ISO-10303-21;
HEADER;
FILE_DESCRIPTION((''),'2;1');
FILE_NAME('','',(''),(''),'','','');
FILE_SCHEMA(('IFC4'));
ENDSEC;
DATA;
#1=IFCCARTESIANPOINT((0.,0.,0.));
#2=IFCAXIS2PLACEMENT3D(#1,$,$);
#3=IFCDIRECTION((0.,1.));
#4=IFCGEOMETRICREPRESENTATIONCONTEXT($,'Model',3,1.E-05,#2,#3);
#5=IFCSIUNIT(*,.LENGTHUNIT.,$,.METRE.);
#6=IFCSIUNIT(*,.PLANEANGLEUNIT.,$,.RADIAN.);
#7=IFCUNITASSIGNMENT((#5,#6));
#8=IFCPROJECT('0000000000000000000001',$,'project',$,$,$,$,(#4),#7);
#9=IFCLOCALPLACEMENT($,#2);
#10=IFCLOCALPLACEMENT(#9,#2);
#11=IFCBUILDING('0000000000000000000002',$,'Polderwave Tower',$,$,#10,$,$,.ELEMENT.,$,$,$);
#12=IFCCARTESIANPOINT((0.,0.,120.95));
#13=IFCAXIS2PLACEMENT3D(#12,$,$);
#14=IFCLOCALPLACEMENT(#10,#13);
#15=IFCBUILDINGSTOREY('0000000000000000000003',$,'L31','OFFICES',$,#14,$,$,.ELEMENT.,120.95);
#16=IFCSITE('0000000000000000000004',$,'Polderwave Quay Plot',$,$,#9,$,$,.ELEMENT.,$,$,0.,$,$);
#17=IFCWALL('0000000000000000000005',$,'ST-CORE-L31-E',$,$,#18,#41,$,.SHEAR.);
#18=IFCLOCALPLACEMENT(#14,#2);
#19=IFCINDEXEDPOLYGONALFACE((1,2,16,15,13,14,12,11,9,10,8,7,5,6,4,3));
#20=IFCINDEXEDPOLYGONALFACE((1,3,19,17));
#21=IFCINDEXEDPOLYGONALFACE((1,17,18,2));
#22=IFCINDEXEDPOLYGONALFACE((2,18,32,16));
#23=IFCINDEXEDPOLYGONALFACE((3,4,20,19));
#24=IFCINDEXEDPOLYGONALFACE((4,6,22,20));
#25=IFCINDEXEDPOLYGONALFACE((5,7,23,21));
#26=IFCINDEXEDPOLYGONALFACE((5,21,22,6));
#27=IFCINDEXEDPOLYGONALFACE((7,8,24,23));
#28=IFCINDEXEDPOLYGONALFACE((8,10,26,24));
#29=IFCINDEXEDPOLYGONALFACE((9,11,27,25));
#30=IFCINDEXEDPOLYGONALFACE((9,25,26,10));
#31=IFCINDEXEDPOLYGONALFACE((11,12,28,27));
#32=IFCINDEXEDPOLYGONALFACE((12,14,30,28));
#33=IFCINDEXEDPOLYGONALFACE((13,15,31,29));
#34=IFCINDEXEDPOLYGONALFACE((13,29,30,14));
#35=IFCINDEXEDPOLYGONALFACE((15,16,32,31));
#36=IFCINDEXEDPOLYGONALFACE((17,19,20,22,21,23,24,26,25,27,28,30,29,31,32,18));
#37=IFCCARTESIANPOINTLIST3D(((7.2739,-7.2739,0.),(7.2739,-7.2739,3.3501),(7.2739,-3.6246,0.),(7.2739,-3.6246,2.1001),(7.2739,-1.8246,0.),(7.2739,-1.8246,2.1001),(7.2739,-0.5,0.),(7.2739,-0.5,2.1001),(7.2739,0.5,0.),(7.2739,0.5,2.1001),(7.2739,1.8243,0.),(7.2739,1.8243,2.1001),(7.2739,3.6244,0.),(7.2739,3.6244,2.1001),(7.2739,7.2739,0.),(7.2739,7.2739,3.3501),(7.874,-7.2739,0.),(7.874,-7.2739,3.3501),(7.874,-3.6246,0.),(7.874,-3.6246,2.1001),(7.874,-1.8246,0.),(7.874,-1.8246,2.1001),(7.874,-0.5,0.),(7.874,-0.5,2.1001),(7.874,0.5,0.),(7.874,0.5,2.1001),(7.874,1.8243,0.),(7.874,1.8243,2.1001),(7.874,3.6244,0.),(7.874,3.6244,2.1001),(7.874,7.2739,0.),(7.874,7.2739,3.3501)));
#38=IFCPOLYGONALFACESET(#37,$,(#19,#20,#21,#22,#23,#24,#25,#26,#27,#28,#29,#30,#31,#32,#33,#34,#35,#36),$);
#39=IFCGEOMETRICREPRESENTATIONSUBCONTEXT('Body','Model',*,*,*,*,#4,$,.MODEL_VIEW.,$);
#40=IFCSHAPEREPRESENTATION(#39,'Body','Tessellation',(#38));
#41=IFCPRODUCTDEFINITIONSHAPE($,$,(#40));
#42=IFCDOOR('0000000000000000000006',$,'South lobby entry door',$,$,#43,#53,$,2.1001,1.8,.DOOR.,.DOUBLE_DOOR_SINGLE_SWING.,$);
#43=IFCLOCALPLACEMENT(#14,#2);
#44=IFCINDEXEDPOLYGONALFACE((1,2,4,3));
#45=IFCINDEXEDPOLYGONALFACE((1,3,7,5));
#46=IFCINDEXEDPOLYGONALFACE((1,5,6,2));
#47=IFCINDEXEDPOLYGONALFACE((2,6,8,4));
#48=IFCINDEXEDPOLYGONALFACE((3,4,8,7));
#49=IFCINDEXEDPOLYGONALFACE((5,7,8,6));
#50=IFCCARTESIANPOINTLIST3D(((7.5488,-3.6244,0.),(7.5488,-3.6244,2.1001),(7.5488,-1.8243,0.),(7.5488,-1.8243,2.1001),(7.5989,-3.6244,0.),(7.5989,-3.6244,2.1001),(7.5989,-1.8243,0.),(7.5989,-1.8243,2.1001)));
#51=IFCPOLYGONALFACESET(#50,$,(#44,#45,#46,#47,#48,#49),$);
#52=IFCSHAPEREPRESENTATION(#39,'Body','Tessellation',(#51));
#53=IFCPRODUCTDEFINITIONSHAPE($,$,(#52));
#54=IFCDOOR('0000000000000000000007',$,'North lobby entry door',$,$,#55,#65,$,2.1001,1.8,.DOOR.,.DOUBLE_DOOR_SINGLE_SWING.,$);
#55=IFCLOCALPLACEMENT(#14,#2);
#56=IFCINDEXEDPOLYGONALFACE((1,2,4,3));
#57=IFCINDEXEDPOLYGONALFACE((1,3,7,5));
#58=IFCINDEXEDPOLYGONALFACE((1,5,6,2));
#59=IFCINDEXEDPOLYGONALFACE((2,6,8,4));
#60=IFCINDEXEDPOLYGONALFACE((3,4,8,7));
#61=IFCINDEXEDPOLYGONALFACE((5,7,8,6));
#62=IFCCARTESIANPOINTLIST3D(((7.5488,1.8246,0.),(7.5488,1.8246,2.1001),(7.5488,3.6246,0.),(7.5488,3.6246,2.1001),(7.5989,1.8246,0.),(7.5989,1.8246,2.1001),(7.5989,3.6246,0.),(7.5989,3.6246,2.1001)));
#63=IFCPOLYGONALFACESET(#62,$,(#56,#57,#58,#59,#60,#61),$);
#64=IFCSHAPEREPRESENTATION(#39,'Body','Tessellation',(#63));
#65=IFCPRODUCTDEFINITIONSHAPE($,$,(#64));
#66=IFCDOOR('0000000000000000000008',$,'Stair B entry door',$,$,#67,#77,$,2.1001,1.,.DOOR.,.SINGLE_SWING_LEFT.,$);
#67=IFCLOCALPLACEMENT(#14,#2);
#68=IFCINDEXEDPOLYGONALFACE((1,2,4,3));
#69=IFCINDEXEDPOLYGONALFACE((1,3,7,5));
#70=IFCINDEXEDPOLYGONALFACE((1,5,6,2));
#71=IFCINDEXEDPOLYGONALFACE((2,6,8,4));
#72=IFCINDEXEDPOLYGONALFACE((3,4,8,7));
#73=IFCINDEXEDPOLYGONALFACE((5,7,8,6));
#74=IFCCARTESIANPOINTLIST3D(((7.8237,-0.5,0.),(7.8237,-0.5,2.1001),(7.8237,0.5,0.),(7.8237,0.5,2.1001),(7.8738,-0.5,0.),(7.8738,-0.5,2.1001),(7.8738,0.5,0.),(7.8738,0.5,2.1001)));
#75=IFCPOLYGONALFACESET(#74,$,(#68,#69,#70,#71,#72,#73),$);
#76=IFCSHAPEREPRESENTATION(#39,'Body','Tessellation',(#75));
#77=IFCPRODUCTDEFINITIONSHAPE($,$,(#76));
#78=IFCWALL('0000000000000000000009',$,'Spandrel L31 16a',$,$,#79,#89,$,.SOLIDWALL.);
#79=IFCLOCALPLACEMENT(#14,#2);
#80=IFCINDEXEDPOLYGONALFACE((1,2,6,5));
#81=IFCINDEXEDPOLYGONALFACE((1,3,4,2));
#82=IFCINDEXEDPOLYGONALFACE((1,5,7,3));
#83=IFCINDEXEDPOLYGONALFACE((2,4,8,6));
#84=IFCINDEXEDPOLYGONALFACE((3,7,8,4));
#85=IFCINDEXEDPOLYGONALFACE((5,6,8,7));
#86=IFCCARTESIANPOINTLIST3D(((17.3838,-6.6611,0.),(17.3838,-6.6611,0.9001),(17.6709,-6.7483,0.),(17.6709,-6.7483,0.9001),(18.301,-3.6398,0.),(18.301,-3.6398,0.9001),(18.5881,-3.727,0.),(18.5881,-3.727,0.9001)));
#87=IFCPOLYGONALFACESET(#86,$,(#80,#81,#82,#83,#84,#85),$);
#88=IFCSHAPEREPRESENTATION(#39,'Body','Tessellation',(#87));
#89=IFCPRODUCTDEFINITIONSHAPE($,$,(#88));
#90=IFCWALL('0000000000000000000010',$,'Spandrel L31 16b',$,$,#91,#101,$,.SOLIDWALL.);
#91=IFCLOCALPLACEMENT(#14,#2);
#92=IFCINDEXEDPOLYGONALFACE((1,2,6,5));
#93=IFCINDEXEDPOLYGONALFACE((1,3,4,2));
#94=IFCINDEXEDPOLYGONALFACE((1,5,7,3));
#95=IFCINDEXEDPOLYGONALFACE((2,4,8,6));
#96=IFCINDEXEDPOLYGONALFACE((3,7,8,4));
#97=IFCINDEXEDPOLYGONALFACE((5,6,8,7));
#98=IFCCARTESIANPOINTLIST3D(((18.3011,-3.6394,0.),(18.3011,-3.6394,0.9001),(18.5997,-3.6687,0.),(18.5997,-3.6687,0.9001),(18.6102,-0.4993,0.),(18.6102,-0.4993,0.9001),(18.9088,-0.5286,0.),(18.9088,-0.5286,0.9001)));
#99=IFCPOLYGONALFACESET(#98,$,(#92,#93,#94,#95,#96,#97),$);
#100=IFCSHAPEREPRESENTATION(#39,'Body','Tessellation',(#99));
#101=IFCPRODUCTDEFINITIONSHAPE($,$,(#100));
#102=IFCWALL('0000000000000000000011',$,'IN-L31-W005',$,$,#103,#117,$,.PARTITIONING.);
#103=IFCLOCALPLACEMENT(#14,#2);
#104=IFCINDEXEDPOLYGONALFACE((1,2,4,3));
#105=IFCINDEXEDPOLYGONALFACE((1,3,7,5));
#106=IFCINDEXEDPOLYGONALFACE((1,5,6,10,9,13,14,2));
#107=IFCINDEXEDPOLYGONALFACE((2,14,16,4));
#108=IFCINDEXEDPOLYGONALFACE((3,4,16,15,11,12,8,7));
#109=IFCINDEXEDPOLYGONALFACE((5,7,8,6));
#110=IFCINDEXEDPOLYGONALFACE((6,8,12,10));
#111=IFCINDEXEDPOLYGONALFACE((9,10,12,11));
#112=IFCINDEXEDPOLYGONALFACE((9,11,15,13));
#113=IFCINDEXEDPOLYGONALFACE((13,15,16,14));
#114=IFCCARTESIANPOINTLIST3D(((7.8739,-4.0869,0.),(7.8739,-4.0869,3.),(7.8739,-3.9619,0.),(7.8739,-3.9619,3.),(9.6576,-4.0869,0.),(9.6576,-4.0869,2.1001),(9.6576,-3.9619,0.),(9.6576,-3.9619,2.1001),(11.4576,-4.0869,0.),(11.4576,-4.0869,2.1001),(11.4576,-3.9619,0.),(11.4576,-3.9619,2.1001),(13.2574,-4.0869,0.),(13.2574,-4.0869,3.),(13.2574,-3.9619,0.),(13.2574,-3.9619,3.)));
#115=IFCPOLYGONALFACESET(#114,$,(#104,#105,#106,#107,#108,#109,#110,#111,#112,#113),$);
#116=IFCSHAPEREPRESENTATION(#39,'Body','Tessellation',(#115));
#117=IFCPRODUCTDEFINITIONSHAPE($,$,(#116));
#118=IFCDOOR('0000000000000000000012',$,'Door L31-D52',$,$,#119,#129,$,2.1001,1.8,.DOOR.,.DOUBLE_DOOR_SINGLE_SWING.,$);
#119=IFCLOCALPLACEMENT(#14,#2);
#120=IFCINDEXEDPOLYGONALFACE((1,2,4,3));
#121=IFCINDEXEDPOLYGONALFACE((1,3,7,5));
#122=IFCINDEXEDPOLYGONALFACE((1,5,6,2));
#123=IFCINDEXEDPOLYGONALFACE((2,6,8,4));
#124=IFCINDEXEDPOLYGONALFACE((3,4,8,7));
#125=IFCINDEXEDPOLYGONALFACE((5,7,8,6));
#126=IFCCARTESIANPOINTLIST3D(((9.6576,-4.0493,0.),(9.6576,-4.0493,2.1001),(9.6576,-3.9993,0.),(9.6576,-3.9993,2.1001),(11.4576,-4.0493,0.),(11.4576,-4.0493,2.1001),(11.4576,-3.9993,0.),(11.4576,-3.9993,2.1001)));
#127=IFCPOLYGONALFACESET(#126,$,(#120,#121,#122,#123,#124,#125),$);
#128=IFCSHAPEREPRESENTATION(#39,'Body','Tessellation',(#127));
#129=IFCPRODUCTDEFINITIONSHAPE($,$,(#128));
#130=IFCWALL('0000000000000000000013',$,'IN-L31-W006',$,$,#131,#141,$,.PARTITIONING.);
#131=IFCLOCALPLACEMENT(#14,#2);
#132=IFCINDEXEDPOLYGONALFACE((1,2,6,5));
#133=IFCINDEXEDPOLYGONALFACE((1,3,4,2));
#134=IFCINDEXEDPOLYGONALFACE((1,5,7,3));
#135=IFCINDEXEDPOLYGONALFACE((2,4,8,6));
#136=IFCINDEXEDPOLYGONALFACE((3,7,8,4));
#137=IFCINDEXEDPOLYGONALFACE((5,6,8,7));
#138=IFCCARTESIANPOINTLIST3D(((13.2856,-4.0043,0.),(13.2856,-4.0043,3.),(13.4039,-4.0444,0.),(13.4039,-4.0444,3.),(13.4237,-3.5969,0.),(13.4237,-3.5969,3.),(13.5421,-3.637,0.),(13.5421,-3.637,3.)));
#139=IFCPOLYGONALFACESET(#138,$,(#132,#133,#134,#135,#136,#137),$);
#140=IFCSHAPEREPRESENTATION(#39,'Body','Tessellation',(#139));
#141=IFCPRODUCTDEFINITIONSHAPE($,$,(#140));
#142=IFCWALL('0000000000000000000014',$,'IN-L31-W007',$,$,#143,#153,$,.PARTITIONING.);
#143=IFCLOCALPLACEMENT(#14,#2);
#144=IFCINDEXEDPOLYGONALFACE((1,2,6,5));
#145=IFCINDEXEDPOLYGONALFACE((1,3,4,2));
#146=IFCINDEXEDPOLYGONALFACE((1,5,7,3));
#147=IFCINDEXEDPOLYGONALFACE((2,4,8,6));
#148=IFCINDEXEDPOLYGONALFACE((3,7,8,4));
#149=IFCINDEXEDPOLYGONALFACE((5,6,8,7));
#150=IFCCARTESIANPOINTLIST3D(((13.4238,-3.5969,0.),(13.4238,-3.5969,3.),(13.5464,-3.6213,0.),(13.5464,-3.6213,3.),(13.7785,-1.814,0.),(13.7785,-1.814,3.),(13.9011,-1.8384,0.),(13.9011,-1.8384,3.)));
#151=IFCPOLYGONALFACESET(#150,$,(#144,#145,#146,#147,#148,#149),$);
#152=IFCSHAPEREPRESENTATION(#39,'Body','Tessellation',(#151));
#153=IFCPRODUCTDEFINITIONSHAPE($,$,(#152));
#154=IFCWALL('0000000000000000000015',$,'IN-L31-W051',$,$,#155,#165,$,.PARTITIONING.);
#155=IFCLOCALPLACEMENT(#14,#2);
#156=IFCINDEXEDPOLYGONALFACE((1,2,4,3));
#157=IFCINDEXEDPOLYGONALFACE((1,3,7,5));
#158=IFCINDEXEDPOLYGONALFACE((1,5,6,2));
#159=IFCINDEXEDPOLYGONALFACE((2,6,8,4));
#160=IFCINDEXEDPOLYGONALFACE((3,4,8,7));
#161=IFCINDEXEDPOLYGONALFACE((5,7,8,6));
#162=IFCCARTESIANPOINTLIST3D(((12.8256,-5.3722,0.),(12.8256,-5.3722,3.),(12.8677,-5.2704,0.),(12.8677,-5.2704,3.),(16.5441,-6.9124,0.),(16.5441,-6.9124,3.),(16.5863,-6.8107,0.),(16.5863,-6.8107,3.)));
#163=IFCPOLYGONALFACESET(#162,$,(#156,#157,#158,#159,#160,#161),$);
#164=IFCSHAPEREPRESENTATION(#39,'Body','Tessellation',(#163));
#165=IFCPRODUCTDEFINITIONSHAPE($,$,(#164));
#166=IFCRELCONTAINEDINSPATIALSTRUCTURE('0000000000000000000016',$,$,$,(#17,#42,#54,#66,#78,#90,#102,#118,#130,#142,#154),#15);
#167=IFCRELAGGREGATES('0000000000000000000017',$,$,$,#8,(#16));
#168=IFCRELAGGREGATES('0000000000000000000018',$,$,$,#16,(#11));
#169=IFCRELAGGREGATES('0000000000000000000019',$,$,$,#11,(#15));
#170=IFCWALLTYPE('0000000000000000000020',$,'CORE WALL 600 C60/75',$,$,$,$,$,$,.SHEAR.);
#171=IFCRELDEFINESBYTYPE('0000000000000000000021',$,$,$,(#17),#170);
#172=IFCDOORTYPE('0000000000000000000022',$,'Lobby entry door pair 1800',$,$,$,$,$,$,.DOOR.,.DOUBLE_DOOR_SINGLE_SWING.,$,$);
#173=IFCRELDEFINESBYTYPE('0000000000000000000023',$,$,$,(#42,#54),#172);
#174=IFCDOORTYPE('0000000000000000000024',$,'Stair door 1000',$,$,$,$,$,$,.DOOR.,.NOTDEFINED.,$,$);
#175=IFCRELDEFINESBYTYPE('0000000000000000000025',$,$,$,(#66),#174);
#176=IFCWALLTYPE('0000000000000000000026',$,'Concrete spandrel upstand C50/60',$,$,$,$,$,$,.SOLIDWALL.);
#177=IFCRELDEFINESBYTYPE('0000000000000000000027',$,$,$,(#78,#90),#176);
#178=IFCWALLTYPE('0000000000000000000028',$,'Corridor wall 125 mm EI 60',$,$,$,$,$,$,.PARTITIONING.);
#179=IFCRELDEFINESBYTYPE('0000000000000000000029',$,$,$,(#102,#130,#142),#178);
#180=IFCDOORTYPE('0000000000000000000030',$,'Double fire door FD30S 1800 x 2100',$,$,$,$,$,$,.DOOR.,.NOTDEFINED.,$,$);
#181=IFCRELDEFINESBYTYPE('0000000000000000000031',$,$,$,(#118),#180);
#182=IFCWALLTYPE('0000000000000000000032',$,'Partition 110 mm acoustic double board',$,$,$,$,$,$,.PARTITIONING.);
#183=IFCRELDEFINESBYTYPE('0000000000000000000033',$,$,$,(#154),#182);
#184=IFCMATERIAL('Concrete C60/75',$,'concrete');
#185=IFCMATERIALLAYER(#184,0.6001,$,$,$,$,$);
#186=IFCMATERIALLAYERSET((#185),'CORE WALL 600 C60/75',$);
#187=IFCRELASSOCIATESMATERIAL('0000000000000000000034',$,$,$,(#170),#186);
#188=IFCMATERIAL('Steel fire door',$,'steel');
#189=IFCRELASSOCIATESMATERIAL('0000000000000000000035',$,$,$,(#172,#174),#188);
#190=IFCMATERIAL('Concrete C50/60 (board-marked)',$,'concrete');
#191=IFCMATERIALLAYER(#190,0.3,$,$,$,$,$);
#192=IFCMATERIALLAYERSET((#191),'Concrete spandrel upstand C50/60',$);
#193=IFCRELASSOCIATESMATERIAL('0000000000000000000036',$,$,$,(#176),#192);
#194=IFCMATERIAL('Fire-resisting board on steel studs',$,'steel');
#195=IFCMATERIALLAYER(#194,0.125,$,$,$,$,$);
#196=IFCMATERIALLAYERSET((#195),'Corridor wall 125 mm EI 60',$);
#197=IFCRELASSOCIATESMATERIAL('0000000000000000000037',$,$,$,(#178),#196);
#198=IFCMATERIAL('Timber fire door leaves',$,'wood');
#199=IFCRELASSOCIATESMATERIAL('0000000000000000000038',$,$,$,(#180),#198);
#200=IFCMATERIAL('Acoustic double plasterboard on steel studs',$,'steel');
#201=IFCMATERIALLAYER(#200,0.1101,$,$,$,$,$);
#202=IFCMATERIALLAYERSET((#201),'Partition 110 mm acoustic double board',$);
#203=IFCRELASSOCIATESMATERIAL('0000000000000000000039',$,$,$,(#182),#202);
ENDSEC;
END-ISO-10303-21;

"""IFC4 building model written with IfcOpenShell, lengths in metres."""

from ifc_helpers import new_model, si_unit, direction, frame, frame_2d, origin, place, context, subcontext, project, spatial, rectangle, extrude, material, layer, layer_set, type_object, element, fill, save


model = new_model("IFC4")

# Units and contexts
model_context = context("Model", 3, precision=1e-05, world=origin(), true_north=direction((0.0, 1.0)))
body_context = subcontext(model_context, "Body", "Model", "MODEL_VIEW")
ifc_project = project(units=[si_unit("LENGTHUNIT", "METRE"), si_unit("PLANEANGLEUNIT", "RADIAN")], contexts=[model_context])

# Site, building, storey
site_placement = place(None, origin())
site = spatial("IfcSite", under=ifc_project, at=site_placement, Name="Polderwave Quay Plot", CompositionType="ELEMENT", RefElevation=0.0)
building_placement = place(site_placement, origin())
building = spatial("IfcBuilding", under=site, at=building_placement, Name="Polderwave Tower", CompositionType="ELEMENT")
storey_placement = place(building_placement, frame((0.0, 0.0, 120.95)))
storey = spatial("IfcBuildingStorey", under=building, at=storey_placement, Name="L31", Description="OFFICES", CompositionType="ELEMENT", Elevation=120.95)

# Shared definitions
ifc_material_1 = material(Name="Concrete C60/75", Category="concrete")

# Wall, openings, doors
ifc_layer_1 = layer(ifc_material_1, 0.6001)
ifc_layer_set_1 = layer_set([ifc_layer_1], Name="CORE WALL 600 C60/75")
wall_type_1 = type_object("IfcWallType", Name="CORE WALL 600 C60/75", PredefinedType="SHEAR", material=ifc_layer_set_1)
wall_1_placement = place(storey_placement, frame((7.574, -7.2739, 0.0), z_axis=(0.0, 0.0, 1.0), x_axis=(0.0, 1.0, 0.0)))
wall_1 = element("IfcWall", 1, at=wall_1_placement, inside=storey, type_object=wall_type_1, Name="ST-CORE-L31-E", PredefinedType="SHEAR", context=body_context, shape_type="SweptSolid", body=[
    extrude(rectangle(XDim=14.5479, YDim=0.6001, at=frame_2d((7.2739, 0.0))), origin(), (0.0, 0.0, 1.0), 3.3501),
])
opening_1_placement = place(wall_1_placement, frame((6.7739, 0.0, 0.0)))
opening_1 = element("IfcOpeningElement", 2, at=opening_1_placement, cuts=wall_1, PredefinedType="OPENING", context=body_context, shape_type="SweptSolid", body=[
    extrude(rectangle(XDim=1.0, YDim=2.1001, at=frame_2d((0.5, 1.05))), frame((0.0, 0.3101, 0.0), z_axis=(0.0, -1.0, 0.0), x_axis=(1.0, 0.0, 0.0)), (0.0, 0.0, 1.0), 0.6201),
])
opening_2_placement = place(wall_1_placement, frame((3.6494, 0.0, 0.0)))
opening_2 = element("IfcOpeningElement", 3, at=opening_2_placement, cuts=wall_1, PredefinedType="OPENING", context=body_context, shape_type="SweptSolid", body=[
    extrude(rectangle(XDim=1.8, YDim=2.1001, at=frame_2d((0.8999, 1.05))), frame((0.0, 0.3101, 0.0), z_axis=(0.0, -1.0, 0.0), x_axis=(1.0, 0.0, 0.0)), (0.0, 0.0, 1.0), 0.6201),
])
opening_3_placement = place(wall_1_placement, frame((9.0984, 0.0, 0.0)))
opening_3 = element("IfcOpeningElement", 4, at=opening_3_placement, cuts=wall_1, PredefinedType="OPENING", context=body_context, shape_type="SweptSolid", body=[
    extrude(rectangle(XDim=1.8, YDim=2.1001, at=frame_2d((0.8999, 1.05))), frame((0.0, 0.3101, 0.0), z_axis=(0.0, -1.0, 0.0), x_axis=(1.0, 0.0, 0.0)), (0.0, 0.0, 1.0), 0.6201),
])
ifc_material_2 = material(Name="Steel fire door", Category="steel")
door_type_1 = type_object("IfcDoorType", Name="Lobby entry door pair 1800", OperationType="DOUBLE_DOOR_SINGLE_SWING", PredefinedType="DOOR", material=ifc_material_2)
door_1_placement = place(opening_2_placement, frame((1.8, 0.0, 0.0), z_axis=(0.0, 0.0, 1.0), x_axis=(-1.0, 0.0, 0.0)))
door_1 = element("IfcDoor", 5, at=door_1_placement, inside=storey, type_object=door_type_1, Name="South lobby entry door", OperationType="DOUBLE_DOOR_SINGLE_SWING", OverallHeight=2.1001, OverallWidth=1.8, PredefinedType="DOOR", context=body_context, shape_type="SweptSolid", body=[
    extrude(rectangle(XDim=1.8, YDim=2.1001, at=frame_2d((0.8999, 1.05))), frame((0.0, 0.0249, 0.0), z_axis=(0.0, -1.0, 0.0), x_axis=(1.0, 0.0, 0.0)), (0.0, 0.0, 1.0), 0.05),
])
fill(opening_2, door_1)
door_2_placement = place(opening_3_placement, frame((1.8, 0.0, 0.0), z_axis=(0.0, 0.0, 1.0), x_axis=(-1.0, 0.0, 0.0)))
door_2 = element("IfcDoor", 6, at=door_2_placement, inside=storey, type_object=door_type_1, Name="North lobby entry door", OperationType="DOUBLE_DOOR_SINGLE_SWING", OverallHeight=2.1001, OverallWidth=1.8, PredefinedType="DOOR", context=body_context, shape_type="SweptSolid", body=[
    extrude(rectangle(XDim=1.8, YDim=2.1001, at=frame_2d((0.8999, 1.05))), frame((0.0, 0.0249, 0.0), z_axis=(0.0, -1.0, 0.0), x_axis=(1.0, 0.0, 0.0)), (0.0, 0.0, 1.0), 0.05),
])
fill(opening_3, door_2)
door_type_2 = type_object("IfcDoorType", Name="Stair door 1000", OperationType="NOTDEFINED", PredefinedType="DOOR", material=ifc_material_2)
door_3_placement = place(opening_1_placement, frame((1.0, 0.0, 0.0), z_axis=(0.0, 0.0, 1.0), x_axis=(-1.0, 0.0, 0.0)))
door_3 = element("IfcDoor", 7, at=door_3_placement, inside=storey, type_object=door_type_2, Name="Stair B entry door", OperationType="SINGLE_SWING_LEFT", OverallHeight=2.1001, OverallWidth=1.0, PredefinedType="DOOR", context=body_context, shape_type="SweptSolid", body=[
    extrude(rectangle(XDim=1.0, YDim=2.1001, at=frame_2d((0.5, 1.05))), frame((0.0, 0.2998, 0.0), z_axis=(0.0, -1.0, 0.0), x_axis=(1.0, 0.0, 0.0)), (0.0, 0.0, 1.0), 0.05),
])
fill(opening_1, door_3)

# Walls
ifc_material_3 = material(Name="Concrete C50/60 (board-marked)", Category="concrete")
ifc_layer_2 = layer(ifc_material_3, 0.3)
ifc_layer_set_2 = layer_set([ifc_layer_2], Name="Concrete spandrel upstand C50/60")
wall_type_2 = type_object("IfcWallType", Name="Concrete spandrel upstand C50/60", PredefinedType="SOLIDWALL", material=ifc_layer_set_2)
wall_2_placement = place(storey_placement, frame((17.5273, -6.7046, 0.0), z_axis=(0.0, 0.0, 1.0), x_axis=(0.290503, 0.956874, 0.0)))
element("IfcWall", 8, at=wall_2_placement, inside=storey, type_object=wall_type_2, Name="Spandrel L31 16a", PredefinedType="SOLIDWALL", context=body_context, shape_type="SweptSolid", body=[
    extrude(rectangle(XDim=3.1575, YDim=0.3, at=frame_2d((1.5786, 0.0))), origin(), (0.0, 0.0, 1.0), 0.9001),
])
wall_3_placement = place(storey_placement, frame((18.4504, -3.6541, 0.0), z_axis=(0.0, 0.0, 1.0), x_axis=(0.097956, 0.995191, 0.0)))
element("IfcWall", 9, at=wall_3_placement, inside=storey, type_object=wall_type_2, Name="Spandrel L31 16b", PredefinedType="SOLIDWALL", context=body_context, shape_type="SweptSolid", body=[
    extrude(rectangle(XDim=3.1553, YDim=0.3, at=frame_2d((1.5776, 0.0))), origin(), (0.0, 0.0, 1.0), 0.9001),
])

# Wall, opening, door
ifc_material_4 = material(Name="Fire-resisting board on steel studs", Category="steel")
ifc_layer_3 = layer(ifc_material_4, 0.125)
ifc_layer_set_3 = layer_set([ifc_layer_3], Name="Corridor wall 125 mm EI 60")
wall_type_3 = type_object("IfcWallType", Name="Corridor wall 125 mm EI 60", PredefinedType="PARTITIONING", material=ifc_layer_set_3)
wall_4_placement = place(storey_placement, frame((13.2576, -4.0244, 0.0), z_axis=(0.0, 0.0, 1.0), x_axis=(-1.0, 0.0, 0.0)))
wall_4 = element("IfcWall", 10, at=wall_4_placement, inside=storey, type_object=wall_type_3, Name="IN-L31-W005", PredefinedType="PARTITIONING", context=body_context, shape_type="SweptSolid", body=[
    extrude(rectangle(XDim=5.3835, YDim=0.125, at=frame_2d((2.6919, 0.0))), origin(), (0.0, 0.0, 1.0), 3.0),
])
opening_4_placement = place(wall_4_placement, frame((1.8, 0.0, 0.0)))
opening_4 = element("IfcOpeningElement", 11, at=opening_4_placement, cuts=wall_4, PredefinedType="OPENING", context=body_context, shape_type="SweptSolid", body=[
    extrude(rectangle(XDim=1.8, YDim=2.1001, at=frame_2d((0.8999, 1.05))), frame((0.0, 0.0725, 0.0), z_axis=(0.0, -1.0, 0.0), x_axis=(1.0, 0.0, 0.0)), (0.0, 0.0, 1.0), 0.145),
])
ifc_material_5 = material(Name="Timber fire door leaves", Category="wood")
door_type_3 = type_object("IfcDoorType", Name="Double fire door FD30S 1800 x 2100", OperationType="NOTDEFINED", PredefinedType="DOOR", material=ifc_material_5)
door_4_placement = place(opening_4_placement, origin())
door_4 = element("IfcDoor", 12, at=door_4_placement, inside=storey, type_object=door_type_3, Name="Door L31-D52", OperationType="DOUBLE_DOOR_SINGLE_SWING", OverallHeight=2.1001, OverallWidth=1.8, PredefinedType="DOOR", context=body_context, shape_type="SweptSolid", body=[
    extrude(rectangle(XDim=1.8, YDim=2.1001, at=frame_2d((0.8999, 1.05))), frame((0.0, 0.0249, 0.0), z_axis=(0.0, -1.0, 0.0), x_axis=(1.0, 0.0, 0.0)), (0.0, 0.0, 1.0), 0.05),
])
fill(opening_4, door_4)

# Walls
wall_5_placement = place(storey_placement, frame((13.4829, -3.6169, 0.0), z_axis=(0.0, 0.0, 1.0), x_axis=(-0.32116, -0.947025, 0.0)))
element("IfcWall", 13, at=wall_5_placement, inside=storey, type_object=wall_type_3, Name="IN-L31-W006", PredefinedType="PARTITIONING", context=body_context, shape_type="SweptSolid", body=[
    extrude(rectangle(XDim=0.4302, YDim=0.125, at=frame_2d((0.2151, 0.0))), origin(), (0.0, 0.0, 1.0), 3.0),
])
wall_6_placement = place(storey_placement, frame((13.8398, -1.8262, 0.0), z_axis=(0.0, 0.0, 1.0), x_axis=(-0.195135, -0.980776, 0.0)))
element("IfcWall", 14, at=wall_6_placement, inside=storey, type_object=wall_type_3, Name="IN-L31-W007", PredefinedType="PARTITIONING", context=body_context, shape_type="SweptSolid", body=[
    extrude(rectangle(XDim=1.8179, YDim=0.125, at=frame_2d((0.9089, 0.0))), origin(), (0.0, 0.0, 1.0), 3.0),
])
ifc_material_6 = material(Name="Acoustic double plasterboard on steel studs", Category="steel")
ifc_layer_4 = layer(ifc_material_6, 0.1101)
ifc_layer_set_4 = layer_set([ifc_layer_4], Name="Partition 110 mm acoustic double board")
wall_type_4 = type_object("IfcWallType", Name="Partition 110 mm acoustic double board", PredefinedType="PARTITIONING", material=ifc_layer_set_4)
wall_7_placement = place(storey_placement, frame((12.8467, -5.3213, 0.0), z_axis=(0.0, 0.0, 1.0), x_axis=(0.923877, -0.382689, 0.0)))
element("IfcWall", 15, at=wall_7_placement, inside=storey, type_object=wall_type_4, Name="IN-L31-W051", PredefinedType="PARTITIONING", context=body_context, shape_type="SweptSolid", body=[
    extrude(rectangle(XDim=4.0249, YDim=0.1101, at=frame_2d((2.0125, 0.0))), origin(), (0.0, 0.0, 1.0), 3.0),
])

save(model, "model.ifc")
